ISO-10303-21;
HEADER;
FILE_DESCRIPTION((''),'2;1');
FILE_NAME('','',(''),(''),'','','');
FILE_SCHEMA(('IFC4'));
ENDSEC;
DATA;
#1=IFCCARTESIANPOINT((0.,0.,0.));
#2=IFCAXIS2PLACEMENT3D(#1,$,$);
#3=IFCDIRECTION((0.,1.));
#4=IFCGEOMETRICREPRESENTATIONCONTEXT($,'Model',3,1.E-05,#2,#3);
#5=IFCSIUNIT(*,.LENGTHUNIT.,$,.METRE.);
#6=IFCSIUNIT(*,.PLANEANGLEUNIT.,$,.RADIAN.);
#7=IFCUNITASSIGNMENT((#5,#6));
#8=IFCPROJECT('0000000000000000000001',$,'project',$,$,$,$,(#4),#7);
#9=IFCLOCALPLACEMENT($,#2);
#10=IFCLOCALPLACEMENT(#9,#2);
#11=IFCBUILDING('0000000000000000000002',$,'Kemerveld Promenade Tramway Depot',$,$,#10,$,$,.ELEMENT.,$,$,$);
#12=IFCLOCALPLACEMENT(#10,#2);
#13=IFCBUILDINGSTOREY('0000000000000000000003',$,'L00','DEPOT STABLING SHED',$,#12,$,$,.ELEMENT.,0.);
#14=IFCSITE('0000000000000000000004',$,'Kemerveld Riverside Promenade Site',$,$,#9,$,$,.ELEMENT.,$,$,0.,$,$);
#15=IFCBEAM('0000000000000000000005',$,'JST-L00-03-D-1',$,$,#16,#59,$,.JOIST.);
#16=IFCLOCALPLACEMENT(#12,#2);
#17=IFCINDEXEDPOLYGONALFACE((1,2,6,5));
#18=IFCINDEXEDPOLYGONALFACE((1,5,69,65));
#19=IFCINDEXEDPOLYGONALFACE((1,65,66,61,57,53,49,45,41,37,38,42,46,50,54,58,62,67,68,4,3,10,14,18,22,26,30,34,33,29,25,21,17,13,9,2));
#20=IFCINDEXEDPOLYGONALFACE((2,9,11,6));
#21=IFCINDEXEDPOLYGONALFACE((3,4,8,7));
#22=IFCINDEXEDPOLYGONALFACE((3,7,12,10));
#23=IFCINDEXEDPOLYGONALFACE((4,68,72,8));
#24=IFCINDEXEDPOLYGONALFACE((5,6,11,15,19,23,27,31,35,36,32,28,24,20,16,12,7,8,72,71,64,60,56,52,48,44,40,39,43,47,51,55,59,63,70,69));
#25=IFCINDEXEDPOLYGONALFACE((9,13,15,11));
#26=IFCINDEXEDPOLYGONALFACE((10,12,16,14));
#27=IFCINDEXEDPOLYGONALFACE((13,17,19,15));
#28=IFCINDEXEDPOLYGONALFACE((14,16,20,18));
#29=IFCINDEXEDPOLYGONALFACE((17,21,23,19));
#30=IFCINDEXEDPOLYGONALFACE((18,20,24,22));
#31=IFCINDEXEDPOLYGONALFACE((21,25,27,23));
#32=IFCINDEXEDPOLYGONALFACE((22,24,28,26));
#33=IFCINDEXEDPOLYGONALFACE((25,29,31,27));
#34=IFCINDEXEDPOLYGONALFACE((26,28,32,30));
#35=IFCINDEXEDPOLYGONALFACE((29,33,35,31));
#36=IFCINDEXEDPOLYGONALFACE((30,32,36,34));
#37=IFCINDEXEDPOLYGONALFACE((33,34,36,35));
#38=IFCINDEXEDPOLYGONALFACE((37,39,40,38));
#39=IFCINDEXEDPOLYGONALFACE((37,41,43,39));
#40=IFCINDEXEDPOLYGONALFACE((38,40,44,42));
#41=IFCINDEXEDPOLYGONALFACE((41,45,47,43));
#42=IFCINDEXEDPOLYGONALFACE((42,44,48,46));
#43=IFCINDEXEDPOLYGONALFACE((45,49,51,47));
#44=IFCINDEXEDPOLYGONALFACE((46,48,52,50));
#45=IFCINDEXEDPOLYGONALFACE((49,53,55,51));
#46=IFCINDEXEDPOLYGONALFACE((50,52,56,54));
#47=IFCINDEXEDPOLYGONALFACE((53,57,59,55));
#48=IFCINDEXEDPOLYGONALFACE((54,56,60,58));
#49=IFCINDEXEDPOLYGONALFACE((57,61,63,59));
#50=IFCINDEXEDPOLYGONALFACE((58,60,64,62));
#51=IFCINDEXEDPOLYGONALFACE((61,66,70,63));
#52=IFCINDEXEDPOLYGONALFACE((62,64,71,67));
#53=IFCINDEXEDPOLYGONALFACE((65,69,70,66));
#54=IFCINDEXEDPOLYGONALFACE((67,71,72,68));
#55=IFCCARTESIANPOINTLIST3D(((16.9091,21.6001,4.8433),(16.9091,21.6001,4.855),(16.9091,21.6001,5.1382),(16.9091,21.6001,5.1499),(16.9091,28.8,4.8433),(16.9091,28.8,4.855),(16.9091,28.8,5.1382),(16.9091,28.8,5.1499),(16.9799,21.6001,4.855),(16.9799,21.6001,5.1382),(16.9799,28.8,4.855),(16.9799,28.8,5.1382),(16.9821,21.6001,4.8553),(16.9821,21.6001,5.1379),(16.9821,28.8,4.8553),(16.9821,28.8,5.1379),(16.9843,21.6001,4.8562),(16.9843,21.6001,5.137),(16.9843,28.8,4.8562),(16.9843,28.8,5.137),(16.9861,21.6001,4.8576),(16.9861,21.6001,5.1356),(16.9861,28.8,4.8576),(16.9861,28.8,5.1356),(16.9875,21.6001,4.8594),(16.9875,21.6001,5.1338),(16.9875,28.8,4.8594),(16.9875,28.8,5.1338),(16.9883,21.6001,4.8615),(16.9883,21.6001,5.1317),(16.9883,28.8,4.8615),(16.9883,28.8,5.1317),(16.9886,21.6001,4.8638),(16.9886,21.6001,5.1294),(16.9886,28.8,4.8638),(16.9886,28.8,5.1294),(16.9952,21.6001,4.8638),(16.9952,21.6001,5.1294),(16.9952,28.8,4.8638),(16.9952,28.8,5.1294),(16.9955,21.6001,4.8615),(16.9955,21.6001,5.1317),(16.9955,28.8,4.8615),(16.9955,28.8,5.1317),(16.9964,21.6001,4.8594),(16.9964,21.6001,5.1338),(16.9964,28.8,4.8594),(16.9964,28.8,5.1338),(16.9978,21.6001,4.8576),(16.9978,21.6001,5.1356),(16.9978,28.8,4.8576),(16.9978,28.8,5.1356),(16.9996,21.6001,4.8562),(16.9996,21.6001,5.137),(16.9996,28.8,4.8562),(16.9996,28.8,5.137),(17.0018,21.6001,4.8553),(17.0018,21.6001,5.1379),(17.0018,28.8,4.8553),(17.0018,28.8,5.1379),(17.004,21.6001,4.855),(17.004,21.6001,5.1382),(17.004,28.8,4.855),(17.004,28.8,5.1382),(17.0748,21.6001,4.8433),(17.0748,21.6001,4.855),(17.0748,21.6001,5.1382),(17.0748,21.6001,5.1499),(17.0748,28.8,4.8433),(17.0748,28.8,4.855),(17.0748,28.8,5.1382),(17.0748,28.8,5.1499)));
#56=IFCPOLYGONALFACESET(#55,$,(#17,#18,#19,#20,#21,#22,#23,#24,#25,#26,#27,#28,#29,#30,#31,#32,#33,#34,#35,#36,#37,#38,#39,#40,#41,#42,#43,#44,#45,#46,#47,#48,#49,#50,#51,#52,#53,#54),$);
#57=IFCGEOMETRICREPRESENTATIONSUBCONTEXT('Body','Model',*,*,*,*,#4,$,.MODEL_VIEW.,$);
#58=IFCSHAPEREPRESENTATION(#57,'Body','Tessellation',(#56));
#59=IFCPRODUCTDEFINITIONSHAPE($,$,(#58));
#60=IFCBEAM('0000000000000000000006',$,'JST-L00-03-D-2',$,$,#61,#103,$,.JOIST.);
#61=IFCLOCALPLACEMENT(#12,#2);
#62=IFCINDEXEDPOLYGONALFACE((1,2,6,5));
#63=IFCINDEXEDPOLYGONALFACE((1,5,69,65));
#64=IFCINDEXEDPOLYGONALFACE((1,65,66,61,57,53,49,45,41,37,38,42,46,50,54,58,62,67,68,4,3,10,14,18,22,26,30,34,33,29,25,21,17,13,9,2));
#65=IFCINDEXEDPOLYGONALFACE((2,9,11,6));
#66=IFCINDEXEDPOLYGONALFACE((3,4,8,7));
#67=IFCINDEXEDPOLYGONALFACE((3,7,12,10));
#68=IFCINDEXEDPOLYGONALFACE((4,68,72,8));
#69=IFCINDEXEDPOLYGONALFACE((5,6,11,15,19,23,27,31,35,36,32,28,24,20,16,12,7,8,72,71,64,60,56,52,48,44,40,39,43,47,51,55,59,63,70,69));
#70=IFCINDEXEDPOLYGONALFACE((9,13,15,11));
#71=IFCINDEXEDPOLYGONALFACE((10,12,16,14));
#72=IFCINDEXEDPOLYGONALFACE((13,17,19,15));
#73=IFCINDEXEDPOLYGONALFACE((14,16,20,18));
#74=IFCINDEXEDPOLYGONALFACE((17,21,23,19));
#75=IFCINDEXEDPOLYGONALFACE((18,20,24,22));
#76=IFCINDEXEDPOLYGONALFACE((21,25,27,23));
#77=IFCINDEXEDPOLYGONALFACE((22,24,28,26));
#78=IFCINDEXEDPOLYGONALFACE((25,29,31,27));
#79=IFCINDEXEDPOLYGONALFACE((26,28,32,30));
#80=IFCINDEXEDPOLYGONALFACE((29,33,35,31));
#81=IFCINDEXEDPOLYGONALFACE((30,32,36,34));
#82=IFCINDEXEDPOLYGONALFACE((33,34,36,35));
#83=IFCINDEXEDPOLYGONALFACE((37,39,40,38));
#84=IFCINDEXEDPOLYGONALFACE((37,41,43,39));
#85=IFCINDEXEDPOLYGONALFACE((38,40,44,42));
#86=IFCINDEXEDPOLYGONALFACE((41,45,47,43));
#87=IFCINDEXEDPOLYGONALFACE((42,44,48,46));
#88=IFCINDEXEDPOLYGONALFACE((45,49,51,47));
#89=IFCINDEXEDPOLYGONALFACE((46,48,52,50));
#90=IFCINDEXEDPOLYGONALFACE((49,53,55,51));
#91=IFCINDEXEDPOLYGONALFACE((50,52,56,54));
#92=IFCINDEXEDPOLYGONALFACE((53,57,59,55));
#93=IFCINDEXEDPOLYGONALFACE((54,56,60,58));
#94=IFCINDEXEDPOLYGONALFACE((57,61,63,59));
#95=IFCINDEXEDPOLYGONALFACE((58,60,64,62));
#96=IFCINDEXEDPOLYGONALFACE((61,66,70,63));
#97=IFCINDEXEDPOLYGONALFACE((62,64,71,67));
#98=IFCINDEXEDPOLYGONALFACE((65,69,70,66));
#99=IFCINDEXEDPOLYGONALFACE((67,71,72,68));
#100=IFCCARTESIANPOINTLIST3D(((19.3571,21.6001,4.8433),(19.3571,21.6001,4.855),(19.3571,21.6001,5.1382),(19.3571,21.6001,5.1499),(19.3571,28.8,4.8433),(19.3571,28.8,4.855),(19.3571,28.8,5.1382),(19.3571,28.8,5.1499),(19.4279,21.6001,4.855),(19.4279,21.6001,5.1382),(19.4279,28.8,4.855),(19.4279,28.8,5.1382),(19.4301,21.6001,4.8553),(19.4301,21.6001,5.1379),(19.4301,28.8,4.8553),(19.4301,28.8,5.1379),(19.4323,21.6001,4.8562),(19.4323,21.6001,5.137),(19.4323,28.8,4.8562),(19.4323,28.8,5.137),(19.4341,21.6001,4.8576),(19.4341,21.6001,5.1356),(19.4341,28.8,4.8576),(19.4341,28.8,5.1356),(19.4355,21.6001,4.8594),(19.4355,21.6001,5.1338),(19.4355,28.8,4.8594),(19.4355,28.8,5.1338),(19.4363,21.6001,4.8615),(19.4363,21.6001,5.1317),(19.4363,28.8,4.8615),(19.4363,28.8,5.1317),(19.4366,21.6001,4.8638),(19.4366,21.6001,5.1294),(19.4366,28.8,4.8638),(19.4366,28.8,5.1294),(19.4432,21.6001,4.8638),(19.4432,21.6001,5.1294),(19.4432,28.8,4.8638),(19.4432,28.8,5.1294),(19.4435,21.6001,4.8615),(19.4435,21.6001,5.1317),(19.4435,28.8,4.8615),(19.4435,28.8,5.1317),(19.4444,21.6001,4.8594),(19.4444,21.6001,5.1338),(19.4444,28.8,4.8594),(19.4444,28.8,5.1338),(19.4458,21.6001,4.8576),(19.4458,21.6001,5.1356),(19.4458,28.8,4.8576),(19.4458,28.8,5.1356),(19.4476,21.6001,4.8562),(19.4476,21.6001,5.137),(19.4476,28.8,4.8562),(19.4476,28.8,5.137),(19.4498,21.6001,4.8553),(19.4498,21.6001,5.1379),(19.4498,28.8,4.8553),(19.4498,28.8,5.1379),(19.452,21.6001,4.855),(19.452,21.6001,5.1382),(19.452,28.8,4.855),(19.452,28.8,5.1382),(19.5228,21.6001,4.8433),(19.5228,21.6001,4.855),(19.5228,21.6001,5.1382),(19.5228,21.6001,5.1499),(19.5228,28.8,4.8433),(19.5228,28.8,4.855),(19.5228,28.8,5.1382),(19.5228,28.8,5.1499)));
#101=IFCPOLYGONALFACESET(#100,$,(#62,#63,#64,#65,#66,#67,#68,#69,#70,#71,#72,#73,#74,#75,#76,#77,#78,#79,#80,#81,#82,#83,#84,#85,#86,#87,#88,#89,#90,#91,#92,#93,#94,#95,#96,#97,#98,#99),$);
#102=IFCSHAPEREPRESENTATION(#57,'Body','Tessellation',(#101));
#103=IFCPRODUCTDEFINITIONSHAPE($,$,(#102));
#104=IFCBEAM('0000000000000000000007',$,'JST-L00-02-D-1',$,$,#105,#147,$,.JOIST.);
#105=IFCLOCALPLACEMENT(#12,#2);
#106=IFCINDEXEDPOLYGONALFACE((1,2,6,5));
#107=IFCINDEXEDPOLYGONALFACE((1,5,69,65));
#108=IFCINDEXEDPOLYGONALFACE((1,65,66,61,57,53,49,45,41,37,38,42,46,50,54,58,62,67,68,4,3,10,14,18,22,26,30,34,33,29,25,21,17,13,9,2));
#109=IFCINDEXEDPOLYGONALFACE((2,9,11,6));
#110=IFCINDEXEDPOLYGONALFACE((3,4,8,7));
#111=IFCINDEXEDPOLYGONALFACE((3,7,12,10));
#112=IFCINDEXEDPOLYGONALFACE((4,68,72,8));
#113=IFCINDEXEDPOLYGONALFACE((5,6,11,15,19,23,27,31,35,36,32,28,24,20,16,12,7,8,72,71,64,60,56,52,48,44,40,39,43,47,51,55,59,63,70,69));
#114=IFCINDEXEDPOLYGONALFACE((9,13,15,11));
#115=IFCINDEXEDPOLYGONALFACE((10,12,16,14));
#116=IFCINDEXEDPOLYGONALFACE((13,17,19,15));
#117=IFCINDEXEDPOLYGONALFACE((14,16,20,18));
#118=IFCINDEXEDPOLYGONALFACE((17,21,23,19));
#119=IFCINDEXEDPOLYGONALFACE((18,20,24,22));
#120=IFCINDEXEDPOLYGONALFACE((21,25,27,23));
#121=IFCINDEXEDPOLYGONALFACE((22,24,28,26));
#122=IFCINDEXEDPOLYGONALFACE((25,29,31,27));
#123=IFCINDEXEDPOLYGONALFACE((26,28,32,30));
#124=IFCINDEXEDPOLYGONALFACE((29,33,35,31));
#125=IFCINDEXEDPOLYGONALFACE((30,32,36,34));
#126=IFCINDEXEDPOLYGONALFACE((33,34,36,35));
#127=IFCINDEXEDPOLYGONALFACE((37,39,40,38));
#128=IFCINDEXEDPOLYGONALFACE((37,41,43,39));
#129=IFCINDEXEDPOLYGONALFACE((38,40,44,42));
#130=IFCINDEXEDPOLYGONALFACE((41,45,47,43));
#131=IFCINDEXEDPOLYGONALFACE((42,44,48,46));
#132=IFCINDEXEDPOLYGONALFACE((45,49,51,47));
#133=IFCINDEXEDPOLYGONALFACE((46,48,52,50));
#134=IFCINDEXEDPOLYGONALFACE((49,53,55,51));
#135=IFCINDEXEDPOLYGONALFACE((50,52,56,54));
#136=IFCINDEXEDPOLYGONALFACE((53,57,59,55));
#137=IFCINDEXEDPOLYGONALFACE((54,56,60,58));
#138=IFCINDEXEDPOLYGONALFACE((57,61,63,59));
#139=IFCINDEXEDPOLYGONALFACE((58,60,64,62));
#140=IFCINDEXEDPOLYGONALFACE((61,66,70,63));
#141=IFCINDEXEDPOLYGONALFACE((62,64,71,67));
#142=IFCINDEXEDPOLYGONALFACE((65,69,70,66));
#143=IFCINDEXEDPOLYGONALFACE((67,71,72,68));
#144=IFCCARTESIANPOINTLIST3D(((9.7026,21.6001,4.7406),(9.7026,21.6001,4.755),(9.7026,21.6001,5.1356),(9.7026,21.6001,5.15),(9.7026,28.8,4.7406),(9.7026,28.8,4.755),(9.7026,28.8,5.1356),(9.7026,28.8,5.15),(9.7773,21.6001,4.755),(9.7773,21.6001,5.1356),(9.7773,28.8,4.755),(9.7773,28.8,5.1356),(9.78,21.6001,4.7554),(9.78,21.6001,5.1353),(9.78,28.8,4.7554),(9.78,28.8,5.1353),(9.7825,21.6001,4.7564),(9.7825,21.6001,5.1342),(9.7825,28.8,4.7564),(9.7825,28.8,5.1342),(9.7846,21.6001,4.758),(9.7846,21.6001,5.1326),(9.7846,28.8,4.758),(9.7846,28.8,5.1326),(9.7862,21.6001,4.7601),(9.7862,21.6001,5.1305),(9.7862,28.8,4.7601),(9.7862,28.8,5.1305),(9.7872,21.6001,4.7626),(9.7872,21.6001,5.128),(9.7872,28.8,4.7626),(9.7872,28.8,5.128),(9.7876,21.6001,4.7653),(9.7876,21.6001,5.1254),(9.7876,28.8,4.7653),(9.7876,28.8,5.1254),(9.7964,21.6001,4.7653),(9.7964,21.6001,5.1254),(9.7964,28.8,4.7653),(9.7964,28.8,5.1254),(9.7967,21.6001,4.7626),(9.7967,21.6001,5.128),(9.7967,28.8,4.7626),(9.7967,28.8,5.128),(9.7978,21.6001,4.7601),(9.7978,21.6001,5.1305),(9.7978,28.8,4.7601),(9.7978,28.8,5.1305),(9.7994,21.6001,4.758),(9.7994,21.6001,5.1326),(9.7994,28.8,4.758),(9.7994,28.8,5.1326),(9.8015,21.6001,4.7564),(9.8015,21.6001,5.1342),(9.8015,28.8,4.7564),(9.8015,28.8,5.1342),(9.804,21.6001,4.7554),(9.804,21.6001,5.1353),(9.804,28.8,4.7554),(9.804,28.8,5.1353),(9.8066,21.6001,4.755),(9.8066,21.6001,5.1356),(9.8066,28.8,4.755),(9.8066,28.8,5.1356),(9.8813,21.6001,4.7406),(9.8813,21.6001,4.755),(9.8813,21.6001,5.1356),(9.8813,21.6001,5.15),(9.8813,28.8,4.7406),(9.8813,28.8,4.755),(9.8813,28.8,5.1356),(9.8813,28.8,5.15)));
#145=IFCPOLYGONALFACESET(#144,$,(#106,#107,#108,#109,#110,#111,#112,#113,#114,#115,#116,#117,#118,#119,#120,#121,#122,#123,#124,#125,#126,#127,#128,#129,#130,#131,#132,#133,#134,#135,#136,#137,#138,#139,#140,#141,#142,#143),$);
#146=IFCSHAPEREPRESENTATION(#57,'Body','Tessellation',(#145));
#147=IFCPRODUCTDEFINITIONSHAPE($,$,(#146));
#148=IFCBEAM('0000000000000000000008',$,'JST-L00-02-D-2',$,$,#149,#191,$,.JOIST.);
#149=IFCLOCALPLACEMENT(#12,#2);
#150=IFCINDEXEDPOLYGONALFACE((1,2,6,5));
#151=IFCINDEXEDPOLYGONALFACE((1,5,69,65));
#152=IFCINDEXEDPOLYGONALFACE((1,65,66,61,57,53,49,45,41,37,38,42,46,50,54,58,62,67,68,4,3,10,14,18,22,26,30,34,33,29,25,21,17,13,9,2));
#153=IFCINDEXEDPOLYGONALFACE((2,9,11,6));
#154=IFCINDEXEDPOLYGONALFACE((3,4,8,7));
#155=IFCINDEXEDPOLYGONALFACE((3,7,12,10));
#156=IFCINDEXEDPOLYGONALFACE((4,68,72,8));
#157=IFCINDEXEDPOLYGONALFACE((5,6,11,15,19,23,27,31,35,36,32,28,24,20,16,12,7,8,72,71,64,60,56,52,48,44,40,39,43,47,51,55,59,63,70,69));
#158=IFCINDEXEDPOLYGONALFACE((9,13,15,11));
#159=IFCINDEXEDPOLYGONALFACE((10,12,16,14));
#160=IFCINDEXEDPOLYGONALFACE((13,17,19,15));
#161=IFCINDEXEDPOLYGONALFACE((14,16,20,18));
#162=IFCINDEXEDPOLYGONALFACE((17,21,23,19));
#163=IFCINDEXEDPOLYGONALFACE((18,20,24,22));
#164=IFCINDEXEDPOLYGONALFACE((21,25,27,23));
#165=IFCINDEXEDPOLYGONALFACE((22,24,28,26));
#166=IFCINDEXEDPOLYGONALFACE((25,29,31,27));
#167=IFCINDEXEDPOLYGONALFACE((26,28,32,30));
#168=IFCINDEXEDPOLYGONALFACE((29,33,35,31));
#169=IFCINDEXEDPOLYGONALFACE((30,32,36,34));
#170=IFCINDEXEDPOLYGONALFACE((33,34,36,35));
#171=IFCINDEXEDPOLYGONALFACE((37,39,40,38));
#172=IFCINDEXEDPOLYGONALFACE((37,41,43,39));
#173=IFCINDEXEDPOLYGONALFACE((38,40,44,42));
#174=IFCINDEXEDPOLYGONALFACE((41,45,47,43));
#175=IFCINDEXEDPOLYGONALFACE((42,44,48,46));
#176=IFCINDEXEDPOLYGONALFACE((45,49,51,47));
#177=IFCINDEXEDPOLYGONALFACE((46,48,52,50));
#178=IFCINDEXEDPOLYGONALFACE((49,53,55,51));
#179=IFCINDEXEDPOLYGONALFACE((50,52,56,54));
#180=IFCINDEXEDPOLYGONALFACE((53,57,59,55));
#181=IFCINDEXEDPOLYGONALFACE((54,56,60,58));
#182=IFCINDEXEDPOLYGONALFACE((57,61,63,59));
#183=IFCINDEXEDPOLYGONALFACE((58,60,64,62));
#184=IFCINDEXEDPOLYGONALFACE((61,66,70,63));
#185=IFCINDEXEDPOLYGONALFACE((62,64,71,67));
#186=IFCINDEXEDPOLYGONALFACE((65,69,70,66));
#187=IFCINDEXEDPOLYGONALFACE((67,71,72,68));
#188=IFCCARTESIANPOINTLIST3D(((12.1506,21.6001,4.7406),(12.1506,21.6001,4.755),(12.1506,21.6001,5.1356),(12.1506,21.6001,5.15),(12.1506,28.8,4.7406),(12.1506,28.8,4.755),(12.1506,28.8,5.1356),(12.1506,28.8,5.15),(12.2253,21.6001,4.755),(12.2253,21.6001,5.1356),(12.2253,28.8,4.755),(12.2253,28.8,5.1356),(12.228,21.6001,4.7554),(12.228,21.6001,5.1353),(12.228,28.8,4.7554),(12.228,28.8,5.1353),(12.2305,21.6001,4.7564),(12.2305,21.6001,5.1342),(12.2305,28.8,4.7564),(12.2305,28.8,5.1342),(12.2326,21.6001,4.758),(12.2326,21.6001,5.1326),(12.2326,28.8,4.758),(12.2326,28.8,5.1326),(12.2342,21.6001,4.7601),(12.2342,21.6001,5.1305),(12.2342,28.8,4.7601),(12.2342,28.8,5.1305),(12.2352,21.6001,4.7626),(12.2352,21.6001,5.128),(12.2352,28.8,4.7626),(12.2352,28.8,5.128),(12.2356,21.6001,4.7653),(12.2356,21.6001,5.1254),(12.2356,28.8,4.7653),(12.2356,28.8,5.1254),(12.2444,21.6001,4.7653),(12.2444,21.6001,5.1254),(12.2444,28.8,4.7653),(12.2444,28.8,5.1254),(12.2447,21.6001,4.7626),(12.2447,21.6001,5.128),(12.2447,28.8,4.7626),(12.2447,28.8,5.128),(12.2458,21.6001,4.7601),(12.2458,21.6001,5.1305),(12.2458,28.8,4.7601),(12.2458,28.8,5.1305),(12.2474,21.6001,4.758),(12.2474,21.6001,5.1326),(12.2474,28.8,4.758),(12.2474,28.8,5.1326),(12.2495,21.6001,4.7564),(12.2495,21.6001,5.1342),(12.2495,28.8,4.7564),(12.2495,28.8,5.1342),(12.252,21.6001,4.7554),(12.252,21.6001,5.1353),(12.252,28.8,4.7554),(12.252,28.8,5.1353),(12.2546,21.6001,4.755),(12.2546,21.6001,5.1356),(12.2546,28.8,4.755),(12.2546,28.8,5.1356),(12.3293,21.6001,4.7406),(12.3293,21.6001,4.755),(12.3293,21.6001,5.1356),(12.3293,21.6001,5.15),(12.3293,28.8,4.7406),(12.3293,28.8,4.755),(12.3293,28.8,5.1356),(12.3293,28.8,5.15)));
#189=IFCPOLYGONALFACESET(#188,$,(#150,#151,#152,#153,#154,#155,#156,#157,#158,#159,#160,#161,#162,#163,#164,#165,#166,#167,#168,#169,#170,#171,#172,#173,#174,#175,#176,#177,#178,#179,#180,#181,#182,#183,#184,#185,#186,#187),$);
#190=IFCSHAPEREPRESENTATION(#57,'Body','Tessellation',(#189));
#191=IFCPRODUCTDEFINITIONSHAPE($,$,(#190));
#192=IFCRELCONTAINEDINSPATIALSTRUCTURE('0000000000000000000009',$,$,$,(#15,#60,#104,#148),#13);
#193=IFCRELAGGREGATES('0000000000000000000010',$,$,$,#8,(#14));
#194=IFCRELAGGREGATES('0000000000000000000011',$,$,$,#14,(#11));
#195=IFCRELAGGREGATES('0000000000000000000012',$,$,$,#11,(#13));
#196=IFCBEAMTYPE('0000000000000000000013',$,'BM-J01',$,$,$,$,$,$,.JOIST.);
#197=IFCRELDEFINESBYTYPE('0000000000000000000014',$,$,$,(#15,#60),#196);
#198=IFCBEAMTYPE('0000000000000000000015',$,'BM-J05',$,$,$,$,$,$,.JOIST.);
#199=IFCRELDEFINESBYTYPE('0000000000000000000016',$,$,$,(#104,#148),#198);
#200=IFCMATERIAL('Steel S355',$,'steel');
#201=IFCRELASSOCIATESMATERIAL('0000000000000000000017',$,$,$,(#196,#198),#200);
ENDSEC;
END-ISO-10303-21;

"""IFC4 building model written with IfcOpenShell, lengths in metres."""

from ifc_helpers import new_model, si_unit, direction, frame, origin, origin_2d, place, context, subcontext, project, spatial, i_section, extrude, material, material_profile, profile_set, type_object, element, save


model = new_model("IFC4")

# Units and contexts
model_context = context("Model", 3, precision=1e-05, world=origin(), true_north=direction((0.0, 1.0)))
body_context = subcontext(model_context, "Body", "Model", "MODEL_VIEW")
ifc_project = project(units=[si_unit("LENGTHUNIT", "METRE"), si_unit("PLANEANGLEUNIT", "RADIAN")], contexts=[model_context])

# Site, building, storey
site_placement = place(None, origin())
site = spatial("IfcSite", under=ifc_project, at=site_placement, Name="Kemerveld Riverside Promenade Site", CompositionType="ELEMENT", RefElevation=0.0)
building_placement = place(site_placement, origin())
building = spatial("IfcBuilding", under=site, at=building_placement, Name="Kemerveld Promenade Tramway Depot", CompositionType="ELEMENT")
storey_placement = place(building_placement, origin())
storey = spatial("IfcBuildingStorey", under=building, at=storey_placement, Name="L00", Description="DEPOT STABLING SHED", CompositionType="ELEMENT", Elevation=0.0)

# Shared definitions
ifc_material_1 = material(Name="Steel S355", Category="steel")

# Beams
ifc_material_profile_1 = material_profile(ifc_material_1, i_section(OverallWidth=0.1658, OverallDepth=0.3066, WebThickness=0.0066, FlangeThickness=0.0117, FilletRadius=0.0088, at=origin_2d()), Name="305x165x46 UB")
ifc_profile_set_1 = profile_set([ifc_material_profile_1], Name="Steel S355")
beam_type_1 = type_object("IfcBeamType", Name="BM-J01", PredefinedType="JOIST", material=ifc_profile_set_1)
for number, where, z_axis, x_axis, name in (
    (1, (16.9919, 21.6001, 4.9966), (0.0, 1.0, 0.0), (-1.0, 0.0, 0.0), "JST-L00-03-D-1"),
    (2, (19.4399, 21.6001, 4.9966), (0.0, 1.0, 0.0), (-1.0, 0.0, 0.0), "JST-L00-03-D-2"),
):
    element("IfcBeam", number, at=place(storey_placement, frame(where, z_axis=z_axis, x_axis=x_axis)), inside=storey, type_object=beam_type_1, Name=name, PredefinedType="JOIST", context=body_context, shape_type="SweptSolid", body=[
        extrude(i_section(OverallWidth=0.1658, OverallDepth=0.3066, WebThickness=0.0066, FlangeThickness=0.0117, FilletRadius=0.0088, at=origin_2d()), origin(), (0.0, 0.0, 1.0), 7.2),
    ])
ifc_material_profile_2 = material_profile(ifc_material_1, i_section(OverallWidth=0.1787, OverallDepth=0.4094, WebThickness=0.0088, FlangeThickness=0.0144, FilletRadius=0.0103, at=origin_2d()), Name="406x178x67 UB")
ifc_profile_set_2 = profile_set([ifc_material_profile_2], Name="Steel S355")
beam_type_2 = type_object("IfcBeamType", Name="BM-J05", PredefinedType="JOIST", material=ifc_profile_set_2)
for number, where, z_axis, x_axis, name in (
    (3, (9.792, 21.6001, 4.9453), (0.0, 1.0, 0.0), (-1.0, 0.0, 0.0), "JST-L00-02-D-1"),
    (4, (12.24, 21.6001, 4.9453), (0.0, 1.0, 0.0), (-1.0, 0.0, 0.0), "JST-L00-02-D-2"),
):
    element("IfcBeam", number, at=place(storey_placement, frame(where, z_axis=z_axis, x_axis=x_axis)), inside=storey, type_object=beam_type_2, Name=name, PredefinedType="JOIST", context=body_context, shape_type="SweptSolid", body=[
        extrude(i_section(OverallWidth=0.1787, OverallDepth=0.4094, WebThickness=0.0088, FlangeThickness=0.0144, FilletRadius=0.0103, at=origin_2d()), origin(), (0.0, 0.0, 1.0), 7.2),
    ])

save(model, "model.ifc")
